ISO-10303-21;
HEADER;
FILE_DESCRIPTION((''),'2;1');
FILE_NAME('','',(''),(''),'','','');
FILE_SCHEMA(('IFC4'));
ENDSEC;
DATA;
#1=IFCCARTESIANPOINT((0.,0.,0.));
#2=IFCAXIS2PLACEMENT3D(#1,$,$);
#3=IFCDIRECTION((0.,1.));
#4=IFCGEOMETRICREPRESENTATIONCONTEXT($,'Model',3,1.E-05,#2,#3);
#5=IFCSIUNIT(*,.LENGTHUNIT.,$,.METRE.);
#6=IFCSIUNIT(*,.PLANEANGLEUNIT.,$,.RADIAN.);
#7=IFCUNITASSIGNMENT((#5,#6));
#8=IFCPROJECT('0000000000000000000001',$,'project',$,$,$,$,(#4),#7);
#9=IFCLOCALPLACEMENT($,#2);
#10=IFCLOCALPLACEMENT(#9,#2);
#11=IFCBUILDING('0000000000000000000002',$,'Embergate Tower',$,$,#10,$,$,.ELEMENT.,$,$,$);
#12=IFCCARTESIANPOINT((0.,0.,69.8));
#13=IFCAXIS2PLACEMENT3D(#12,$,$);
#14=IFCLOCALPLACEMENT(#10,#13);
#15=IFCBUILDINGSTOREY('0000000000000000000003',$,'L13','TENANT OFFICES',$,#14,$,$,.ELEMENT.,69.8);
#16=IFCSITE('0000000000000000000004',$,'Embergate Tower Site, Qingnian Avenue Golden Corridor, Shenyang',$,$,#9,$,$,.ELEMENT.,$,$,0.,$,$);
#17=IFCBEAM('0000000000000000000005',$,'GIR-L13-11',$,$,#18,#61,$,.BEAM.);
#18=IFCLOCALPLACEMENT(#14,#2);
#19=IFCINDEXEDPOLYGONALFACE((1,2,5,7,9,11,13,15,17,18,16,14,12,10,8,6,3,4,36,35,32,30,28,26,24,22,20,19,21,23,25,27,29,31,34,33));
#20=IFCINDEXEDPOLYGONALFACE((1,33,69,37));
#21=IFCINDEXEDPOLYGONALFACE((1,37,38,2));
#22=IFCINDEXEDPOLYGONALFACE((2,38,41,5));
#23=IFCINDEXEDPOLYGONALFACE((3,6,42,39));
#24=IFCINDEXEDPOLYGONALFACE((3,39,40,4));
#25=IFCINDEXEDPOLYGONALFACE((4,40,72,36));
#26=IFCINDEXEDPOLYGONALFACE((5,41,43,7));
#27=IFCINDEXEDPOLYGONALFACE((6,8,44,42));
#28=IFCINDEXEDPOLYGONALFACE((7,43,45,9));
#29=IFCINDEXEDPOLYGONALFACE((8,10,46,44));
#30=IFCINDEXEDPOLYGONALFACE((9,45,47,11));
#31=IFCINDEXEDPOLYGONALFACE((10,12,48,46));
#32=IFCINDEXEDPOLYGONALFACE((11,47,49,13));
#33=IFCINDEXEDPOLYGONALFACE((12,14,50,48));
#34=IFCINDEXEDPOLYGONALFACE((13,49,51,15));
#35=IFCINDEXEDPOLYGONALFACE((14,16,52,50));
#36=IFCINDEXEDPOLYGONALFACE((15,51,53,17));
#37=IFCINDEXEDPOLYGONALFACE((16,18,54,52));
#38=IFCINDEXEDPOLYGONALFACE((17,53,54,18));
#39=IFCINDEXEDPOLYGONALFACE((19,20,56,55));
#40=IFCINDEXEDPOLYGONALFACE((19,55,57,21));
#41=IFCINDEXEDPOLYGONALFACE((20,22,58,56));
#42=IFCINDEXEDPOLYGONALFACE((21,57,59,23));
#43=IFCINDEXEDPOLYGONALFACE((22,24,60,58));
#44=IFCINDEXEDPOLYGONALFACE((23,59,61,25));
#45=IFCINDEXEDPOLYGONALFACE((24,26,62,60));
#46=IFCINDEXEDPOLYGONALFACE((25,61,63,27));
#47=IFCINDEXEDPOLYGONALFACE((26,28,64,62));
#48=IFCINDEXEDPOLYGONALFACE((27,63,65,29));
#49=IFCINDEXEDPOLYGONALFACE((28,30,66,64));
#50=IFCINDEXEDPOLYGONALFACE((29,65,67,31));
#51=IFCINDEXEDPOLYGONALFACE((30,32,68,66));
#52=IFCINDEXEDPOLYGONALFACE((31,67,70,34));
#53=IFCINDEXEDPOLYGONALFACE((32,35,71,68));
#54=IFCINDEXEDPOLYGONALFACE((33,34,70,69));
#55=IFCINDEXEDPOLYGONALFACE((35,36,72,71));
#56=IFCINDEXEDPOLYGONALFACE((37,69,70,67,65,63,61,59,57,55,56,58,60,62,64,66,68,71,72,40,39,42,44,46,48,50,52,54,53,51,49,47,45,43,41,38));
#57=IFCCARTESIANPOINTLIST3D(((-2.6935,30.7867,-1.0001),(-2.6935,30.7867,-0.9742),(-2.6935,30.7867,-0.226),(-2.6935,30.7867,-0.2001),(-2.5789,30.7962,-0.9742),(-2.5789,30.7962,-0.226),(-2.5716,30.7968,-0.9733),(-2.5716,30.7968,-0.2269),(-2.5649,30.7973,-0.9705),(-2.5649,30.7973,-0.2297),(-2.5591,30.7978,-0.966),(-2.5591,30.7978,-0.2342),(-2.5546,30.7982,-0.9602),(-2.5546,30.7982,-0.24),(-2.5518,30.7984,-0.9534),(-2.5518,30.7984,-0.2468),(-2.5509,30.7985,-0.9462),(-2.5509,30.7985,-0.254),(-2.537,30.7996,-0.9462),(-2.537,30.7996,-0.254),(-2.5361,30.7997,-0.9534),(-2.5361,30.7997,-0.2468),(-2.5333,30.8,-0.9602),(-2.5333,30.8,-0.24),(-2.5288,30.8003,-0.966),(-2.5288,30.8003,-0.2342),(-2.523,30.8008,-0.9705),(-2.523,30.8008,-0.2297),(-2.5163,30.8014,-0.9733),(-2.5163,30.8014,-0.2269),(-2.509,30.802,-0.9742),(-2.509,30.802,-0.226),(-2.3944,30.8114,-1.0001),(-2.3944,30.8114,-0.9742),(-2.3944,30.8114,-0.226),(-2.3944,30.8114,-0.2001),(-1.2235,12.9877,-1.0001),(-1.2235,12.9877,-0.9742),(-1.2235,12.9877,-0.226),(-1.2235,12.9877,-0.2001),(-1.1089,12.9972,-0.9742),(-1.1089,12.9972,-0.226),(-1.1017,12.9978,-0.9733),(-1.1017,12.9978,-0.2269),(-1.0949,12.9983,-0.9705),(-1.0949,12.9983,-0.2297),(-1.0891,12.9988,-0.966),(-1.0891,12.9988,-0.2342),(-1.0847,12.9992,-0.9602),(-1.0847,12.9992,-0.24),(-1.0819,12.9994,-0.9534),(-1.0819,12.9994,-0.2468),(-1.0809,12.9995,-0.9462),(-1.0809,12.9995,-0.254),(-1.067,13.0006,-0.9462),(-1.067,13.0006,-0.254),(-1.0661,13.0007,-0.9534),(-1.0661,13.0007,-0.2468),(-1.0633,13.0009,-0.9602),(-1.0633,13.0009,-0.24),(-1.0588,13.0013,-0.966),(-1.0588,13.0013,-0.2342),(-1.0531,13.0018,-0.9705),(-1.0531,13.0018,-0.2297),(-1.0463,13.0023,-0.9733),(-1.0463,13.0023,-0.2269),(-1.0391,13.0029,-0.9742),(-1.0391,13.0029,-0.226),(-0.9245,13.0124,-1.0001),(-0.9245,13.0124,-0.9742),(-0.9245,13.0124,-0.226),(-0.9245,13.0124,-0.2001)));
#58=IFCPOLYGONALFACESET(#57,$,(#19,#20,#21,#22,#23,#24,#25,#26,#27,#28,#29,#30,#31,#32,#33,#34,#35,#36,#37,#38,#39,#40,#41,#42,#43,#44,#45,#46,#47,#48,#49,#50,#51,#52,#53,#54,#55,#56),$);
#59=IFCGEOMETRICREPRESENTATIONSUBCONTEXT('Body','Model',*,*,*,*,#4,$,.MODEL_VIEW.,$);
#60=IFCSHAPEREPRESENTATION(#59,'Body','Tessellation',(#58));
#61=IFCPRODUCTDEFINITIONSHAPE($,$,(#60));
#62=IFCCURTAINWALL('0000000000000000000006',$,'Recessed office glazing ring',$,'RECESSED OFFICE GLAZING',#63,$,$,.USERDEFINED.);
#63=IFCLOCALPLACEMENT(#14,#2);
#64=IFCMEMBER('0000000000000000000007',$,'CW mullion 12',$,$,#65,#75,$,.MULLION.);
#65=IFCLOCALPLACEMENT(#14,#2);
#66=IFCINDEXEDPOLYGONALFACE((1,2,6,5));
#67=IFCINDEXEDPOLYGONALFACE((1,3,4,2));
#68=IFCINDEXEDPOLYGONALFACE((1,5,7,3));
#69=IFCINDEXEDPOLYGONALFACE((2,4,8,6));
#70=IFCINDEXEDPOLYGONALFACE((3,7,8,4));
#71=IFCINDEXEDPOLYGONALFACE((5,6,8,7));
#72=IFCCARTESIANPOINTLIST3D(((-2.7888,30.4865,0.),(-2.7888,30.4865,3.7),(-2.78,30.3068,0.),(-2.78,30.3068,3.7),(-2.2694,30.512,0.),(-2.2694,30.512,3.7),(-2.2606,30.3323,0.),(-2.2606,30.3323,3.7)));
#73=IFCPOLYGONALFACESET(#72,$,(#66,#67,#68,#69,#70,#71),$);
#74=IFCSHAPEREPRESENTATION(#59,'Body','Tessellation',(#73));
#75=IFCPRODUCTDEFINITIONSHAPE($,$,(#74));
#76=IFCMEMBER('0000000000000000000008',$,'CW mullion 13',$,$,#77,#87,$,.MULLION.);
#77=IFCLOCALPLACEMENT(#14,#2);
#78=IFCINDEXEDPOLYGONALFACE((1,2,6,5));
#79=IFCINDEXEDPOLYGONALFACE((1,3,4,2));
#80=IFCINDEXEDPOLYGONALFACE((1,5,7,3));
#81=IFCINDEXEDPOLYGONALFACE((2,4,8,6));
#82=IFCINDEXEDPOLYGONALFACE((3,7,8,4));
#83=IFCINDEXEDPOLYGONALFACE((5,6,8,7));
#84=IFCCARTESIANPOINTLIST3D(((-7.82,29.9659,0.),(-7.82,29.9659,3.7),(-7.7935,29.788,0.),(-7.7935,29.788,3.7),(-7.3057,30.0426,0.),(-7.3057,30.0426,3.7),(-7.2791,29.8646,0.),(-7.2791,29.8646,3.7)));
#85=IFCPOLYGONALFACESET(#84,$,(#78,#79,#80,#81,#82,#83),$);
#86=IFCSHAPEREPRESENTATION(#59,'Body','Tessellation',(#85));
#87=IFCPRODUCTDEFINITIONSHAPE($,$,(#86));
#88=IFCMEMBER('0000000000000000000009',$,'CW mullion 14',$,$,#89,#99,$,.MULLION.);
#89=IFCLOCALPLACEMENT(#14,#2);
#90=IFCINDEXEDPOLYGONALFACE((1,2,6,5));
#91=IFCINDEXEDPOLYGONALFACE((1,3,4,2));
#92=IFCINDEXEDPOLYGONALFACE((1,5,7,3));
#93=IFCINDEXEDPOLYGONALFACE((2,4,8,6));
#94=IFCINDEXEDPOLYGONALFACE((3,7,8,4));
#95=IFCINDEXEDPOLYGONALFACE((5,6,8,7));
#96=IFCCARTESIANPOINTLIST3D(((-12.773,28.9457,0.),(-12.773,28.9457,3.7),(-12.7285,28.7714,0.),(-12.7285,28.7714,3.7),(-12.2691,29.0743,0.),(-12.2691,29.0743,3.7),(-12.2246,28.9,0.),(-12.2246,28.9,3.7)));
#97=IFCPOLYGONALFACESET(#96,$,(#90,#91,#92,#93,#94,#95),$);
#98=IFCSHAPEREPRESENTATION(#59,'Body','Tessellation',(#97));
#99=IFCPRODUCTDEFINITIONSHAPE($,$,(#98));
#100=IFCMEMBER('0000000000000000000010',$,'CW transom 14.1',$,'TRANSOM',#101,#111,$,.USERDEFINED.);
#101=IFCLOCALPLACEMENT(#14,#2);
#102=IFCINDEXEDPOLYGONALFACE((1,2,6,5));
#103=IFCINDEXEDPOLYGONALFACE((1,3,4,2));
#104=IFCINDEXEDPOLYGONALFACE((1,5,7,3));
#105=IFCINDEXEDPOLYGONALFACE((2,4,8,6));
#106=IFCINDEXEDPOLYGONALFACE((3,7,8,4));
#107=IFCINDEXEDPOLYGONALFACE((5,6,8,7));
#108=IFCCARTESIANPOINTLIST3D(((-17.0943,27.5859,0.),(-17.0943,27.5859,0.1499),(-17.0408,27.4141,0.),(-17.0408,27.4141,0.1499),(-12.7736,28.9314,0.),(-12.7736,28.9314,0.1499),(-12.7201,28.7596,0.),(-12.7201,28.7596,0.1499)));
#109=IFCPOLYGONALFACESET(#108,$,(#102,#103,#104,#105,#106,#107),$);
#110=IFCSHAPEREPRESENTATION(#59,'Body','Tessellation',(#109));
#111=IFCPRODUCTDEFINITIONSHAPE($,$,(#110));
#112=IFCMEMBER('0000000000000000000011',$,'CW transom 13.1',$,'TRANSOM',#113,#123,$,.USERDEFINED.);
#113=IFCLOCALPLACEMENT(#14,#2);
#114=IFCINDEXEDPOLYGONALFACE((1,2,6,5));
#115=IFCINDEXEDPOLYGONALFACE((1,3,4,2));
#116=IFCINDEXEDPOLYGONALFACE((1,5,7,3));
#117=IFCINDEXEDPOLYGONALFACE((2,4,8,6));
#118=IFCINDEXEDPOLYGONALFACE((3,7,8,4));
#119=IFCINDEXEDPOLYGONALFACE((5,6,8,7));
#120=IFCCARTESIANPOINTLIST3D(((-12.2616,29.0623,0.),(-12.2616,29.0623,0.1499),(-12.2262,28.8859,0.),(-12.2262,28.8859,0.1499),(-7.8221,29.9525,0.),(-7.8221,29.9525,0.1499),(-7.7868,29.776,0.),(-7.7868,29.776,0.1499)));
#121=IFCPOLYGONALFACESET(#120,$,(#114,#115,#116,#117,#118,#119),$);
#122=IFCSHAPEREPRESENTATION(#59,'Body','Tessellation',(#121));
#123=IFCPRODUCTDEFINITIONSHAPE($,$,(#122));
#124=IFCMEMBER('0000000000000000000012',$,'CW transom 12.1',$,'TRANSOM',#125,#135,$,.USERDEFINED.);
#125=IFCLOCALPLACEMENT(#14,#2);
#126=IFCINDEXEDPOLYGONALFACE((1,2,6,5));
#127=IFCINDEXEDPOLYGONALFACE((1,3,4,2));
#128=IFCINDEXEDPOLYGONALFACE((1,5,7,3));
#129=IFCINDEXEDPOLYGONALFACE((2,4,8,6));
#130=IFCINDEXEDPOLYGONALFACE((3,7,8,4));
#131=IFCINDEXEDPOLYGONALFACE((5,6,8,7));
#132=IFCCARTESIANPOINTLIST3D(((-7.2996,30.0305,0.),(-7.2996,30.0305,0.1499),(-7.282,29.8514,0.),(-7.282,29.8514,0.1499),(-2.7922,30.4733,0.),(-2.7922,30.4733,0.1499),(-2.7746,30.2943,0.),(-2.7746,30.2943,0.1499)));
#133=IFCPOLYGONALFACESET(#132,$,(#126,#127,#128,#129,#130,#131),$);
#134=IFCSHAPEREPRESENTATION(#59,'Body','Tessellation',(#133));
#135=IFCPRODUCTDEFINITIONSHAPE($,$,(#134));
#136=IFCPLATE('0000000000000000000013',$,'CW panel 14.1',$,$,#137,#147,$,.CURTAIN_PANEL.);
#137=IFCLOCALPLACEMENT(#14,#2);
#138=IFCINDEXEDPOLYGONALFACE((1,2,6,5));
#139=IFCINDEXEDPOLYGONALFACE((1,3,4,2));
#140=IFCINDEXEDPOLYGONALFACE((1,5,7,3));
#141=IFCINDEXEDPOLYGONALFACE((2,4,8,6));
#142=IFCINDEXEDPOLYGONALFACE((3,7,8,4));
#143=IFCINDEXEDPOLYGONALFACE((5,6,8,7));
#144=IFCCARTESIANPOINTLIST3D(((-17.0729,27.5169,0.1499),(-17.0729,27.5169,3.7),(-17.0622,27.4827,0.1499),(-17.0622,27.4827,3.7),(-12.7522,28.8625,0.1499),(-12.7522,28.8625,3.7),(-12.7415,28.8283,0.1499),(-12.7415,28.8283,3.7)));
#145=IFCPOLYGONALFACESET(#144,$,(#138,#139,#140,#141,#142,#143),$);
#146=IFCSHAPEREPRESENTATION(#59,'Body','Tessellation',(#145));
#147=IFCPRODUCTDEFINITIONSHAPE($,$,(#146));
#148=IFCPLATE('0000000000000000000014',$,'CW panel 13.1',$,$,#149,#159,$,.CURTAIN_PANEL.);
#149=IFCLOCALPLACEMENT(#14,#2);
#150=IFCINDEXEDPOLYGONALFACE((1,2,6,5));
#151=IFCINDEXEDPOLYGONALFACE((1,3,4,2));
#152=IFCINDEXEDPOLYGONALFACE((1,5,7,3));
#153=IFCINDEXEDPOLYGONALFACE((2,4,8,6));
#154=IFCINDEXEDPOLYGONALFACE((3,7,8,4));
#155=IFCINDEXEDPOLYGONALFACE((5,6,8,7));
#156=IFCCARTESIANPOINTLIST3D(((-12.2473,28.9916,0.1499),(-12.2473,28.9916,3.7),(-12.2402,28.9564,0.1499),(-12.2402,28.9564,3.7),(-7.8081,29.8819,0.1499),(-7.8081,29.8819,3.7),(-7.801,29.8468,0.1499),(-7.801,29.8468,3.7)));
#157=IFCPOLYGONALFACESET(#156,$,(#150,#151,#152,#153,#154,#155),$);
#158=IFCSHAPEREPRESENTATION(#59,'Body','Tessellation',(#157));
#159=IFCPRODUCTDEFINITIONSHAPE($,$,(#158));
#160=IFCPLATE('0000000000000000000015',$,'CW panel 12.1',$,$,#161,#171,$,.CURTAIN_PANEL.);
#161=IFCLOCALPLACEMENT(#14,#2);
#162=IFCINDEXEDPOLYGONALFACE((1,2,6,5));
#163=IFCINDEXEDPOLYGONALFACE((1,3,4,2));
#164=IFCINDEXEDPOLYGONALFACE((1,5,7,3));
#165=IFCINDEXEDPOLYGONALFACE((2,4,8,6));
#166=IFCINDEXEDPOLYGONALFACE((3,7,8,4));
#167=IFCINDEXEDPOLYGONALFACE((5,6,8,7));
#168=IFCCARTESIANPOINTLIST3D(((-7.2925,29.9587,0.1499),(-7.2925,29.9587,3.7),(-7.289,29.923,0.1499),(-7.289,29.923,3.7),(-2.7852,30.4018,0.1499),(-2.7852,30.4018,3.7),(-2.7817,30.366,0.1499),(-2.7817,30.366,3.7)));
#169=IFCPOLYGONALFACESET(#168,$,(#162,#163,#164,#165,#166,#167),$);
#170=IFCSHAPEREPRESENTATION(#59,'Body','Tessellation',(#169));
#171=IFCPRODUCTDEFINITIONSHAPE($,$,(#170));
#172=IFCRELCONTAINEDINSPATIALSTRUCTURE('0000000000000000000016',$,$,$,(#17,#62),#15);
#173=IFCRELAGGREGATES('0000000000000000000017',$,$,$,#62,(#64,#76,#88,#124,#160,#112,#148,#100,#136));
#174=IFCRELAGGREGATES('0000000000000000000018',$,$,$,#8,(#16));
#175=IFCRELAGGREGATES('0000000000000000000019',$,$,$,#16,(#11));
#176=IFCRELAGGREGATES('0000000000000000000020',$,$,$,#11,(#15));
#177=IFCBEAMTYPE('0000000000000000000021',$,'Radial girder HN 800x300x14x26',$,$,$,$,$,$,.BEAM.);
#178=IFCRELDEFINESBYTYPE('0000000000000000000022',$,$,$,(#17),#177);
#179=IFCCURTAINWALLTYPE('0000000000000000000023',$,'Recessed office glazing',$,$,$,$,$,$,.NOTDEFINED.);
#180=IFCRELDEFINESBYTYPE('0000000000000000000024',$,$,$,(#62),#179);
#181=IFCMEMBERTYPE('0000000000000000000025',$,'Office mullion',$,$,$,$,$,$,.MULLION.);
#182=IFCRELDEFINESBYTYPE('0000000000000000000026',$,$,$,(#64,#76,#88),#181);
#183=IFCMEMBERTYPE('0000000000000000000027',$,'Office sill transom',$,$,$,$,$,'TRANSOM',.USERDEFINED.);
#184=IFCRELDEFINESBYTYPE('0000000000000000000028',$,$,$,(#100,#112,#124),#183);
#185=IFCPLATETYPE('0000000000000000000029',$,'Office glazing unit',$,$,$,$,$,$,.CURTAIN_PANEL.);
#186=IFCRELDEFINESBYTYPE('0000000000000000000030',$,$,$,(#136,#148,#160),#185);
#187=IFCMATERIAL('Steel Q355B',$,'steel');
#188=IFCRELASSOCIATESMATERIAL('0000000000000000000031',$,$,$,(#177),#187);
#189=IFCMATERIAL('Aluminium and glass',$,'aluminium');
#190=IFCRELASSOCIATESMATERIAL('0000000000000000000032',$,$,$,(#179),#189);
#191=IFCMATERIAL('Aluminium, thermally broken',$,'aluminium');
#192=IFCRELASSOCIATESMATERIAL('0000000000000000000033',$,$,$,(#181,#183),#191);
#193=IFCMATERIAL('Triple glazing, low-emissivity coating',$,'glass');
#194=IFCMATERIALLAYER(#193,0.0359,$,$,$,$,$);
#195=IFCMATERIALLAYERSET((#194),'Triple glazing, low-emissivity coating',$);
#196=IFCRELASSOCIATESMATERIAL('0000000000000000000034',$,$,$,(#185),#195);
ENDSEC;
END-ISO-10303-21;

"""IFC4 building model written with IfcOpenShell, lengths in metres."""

from ifc_helpers import new_model, si_unit, direction, frame, origin, origin_2d, place, context, subcontext, project, spatial, rectangle, i_section, extrude, source, transform, mapped, material, layer, layer_set, material_profile, profile_set, type_object, element, aggregate, save


model = new_model("IFC4")

# Units and contexts
model_context = context("Model", 3, precision=1e-05, world=origin(), true_north=direction((0.0, 1.0)))
body_context = subcontext(model_context, "Body", "Model", "MODEL_VIEW")
ifc_project = project(units=[si_unit("LENGTHUNIT", "METRE"), si_unit("PLANEANGLEUNIT", "RADIAN")], contexts=[model_context])

# Site, building, storey
site_placement = place(None, origin())
site = spatial("IfcSite", under=ifc_project, at=site_placement, Name="Embergate Tower Site, Qingnian Avenue Golden Corridor, Shenyang", CompositionType="ELEMENT", RefElevation=0.0)
building_placement = place(site_placement, origin())
building = spatial("IfcBuilding", under=site, at=building_placement, Name="Embergate Tower", CompositionType="ELEMENT")
storey_placement = place(building_placement, frame((0.0, 0.0, 69.8)))
storey = spatial("IfcBuildingStorey", under=building, at=storey_placement, Name="L13", Description="TENANT OFFICES", CompositionType="ELEMENT", Elevation=69.8)

# Beam
ifc_material_1 = material(Name="Steel Q355B", Category="steel")
ifc_material_profile_1 = material_profile(ifc_material_1, i_section(OverallWidth=0.3, OverallDepth=0.8, WebThickness=0.0139, FlangeThickness=0.0259, FilletRadius=0.0281, at=origin_2d()), Name="HN 800x300x14x26")
ifc_profile_set_1 = profile_set([ifc_material_profile_1], Name="Steel Q355 grade B")
beam_type_1 = type_object("IfcBeamType", Name="Radial girder HN 800x300x14x26", PredefinedType="BEAM", material=ifc_profile_set_1)
shared_shape_1 = source(origin(), body_context, "Body", "SweptSolid", [
    extrude(i_section(OverallWidth=0.3, OverallDepth=0.8, WebThickness=0.0139, FlangeThickness=0.0259, FilletRadius=0.0281, at=origin_2d()), origin(), (0.0, 0.0, 1.0), 17.8596),
])
beam_1_placement = place(storey_placement, frame((-2.5439, 30.7991, -0.6001), z_axis=(0.082307, -0.996607, 0.0), x_axis=(0.996607, 0.082307, 0.0)))
element("IfcBeam", 1, at=beam_1_placement, inside=storey, type_object=beam_type_1, Name="GIR-L13-11", PredefinedType="BEAM", context=body_context, shape_type="MappedRepresentation", body=[
    mapped(shared_shape_1, transform((0.0, 0.0, 0.0))),
])

# Curtain wall, members, plates
ifc_material_2 = material(Name="Aluminium and glass", Category="aluminium")
curtain_wall_type = type_object("IfcCurtainWallType", Name="Recessed office glazing", PredefinedType="NOTDEFINED", material=ifc_material_2)
curtain_wall_placement = place(storey_placement, origin())
curtain_wall = element("IfcCurtainWall", 2, at=curtain_wall_placement, inside=storey, type_object=curtain_wall_type, Name="Recessed office glazing ring", ObjectType="RECESSED OFFICE GLAZING", PredefinedType="USERDEFINED")
ifc_material_3 = material(Name="Aluminium, thermally broken", Category="aluminium")
ifc_material_profile_2 = material_profile(ifc_material_3, rectangle(XDim=0.1799, YDim=0.52, at=origin_2d()), Name="AL 520x180")
ifc_profile_set_2 = profile_set([ifc_material_profile_2], Name="Aluminium, thermally broken")
member_type_1 = type_object("IfcMemberType", Name="Office mullion", PredefinedType="MULLION", material=ifc_profile_set_2)
shared_shape_2 = source(origin(), body_context, "Body", "SweptSolid", [
    extrude(rectangle(XDim=0.1799, YDim=0.52, at=origin_2d()), origin(), (0.0, 0.0, 1.0), 3.7),
])
member_1_placement = place(storey_placement, frame((-2.5247, 30.4094, 0.0), z_axis=(0.0, 0.0, 1.0), x_axis=(0.048972, -0.9988, 0.0)))
member_1 = element("IfcMember", 3, at=member_1_placement, type_object=member_type_1, Name="CW mullion 12", PredefinedType="MULLION", context=body_context, shape_type="MappedRepresentation", body=[
    mapped(shared_shape_2, transform((0.0, 0.0, 0.0))),
])
member_2_placement = place(storey_placement, frame((-7.5496, 29.9153, 0.0), z_axis=(0.0, 0.0, 1.0), x_axis=(0.147414, -0.989075, 0.0)))
member_2 = element("IfcMember", 4, at=member_2_placement, type_object=member_type_1, Name="CW mullion 13", PredefinedType="MULLION", context=body_context, shape_type="MappedRepresentation", body=[
    mapped(shared_shape_2, transform((0.0, 0.0, 0.0))),
])
member_3_placement = place(storey_placement, frame((-12.4988, 28.9229, 0.0), z_axis=(0.0, 0.0, 1.0), x_axis=(0.247315, -0.968935, 0.0)))
member_3 = element("IfcMember", 5, at=member_3_placement, type_object=member_type_1, Name="CW mullion 14", PredefinedType="MULLION", context=body_context, shape_type="MappedRepresentation", body=[
    mapped(shared_shape_2, transform((0.0, 0.0, 0.0))),
])
ifc_material_profile_3 = material_profile(ifc_material_3, rectangle(XDim=0.1799, YDim=0.1499, at=origin_2d()), Name="AL 150x180")
ifc_profile_set_3 = profile_set([ifc_material_profile_3], Name="Aluminium, thermally broken")
member_type_2 = type_object("IfcMemberType", Name="Office sill transom", ElementType="TRANSOM", PredefinedType="USERDEFINED", material=ifc_profile_set_3)
shared_shape_3 = source(origin(), body_context, "Body", "SweptSolid", [
    extrude(rectangle(XDim=0.1799, YDim=0.1499, at=origin_2d()), origin(), (0.0, 0.0, 1.0), 4.5254),
])
member_4_placement = place(storey_placement, frame((-12.7468, 28.8455, 0.075), z_axis=(-0.954781, -0.29731, 0.0), x_axis=(0.29731, -0.954781, 0.0)))
member_4 = element("IfcMember", 6, at=member_4_placement, type_object=member_type_2, Name="CW transom 14.1", ObjectType="TRANSOM", PredefinedType="USERDEFINED", context=body_context, shape_type="MappedRepresentation", body=[
    mapped(shared_shape_3, transform((0.0, 0.0, 0.0))),
])
shared_shape_4 = source(origin(), body_context, "Body", "SweptSolid", [
    extrude(rectangle(XDim=0.1799, YDim=0.1499, at=origin_2d()), origin(), (0.0, 0.0, 1.0), 4.5278),
])
member_5_placement = place(storey_placement, frame((-7.8044, 29.8643, 0.075), z_axis=(-0.980485, -0.196593, 0.0), x_axis=(0.196593, -0.980485, 0.0)))
member_5 = element("IfcMember", 7, at=member_5_placement, type_object=member_type_2, Name="CW transom 13.1", ObjectType="TRANSOM", PredefinedType="USERDEFINED", context=body_context, shape_type="MappedRepresentation", body=[
    mapped(shared_shape_4, transform((0.0, 0.0, 0.0))),
])
shared_shape_5 = source(origin(), body_context, "Body", "SweptSolid", [
    extrude(rectangle(XDim=0.1799, YDim=0.1499, at=origin_2d()), origin(), (0.0, 0.0, 1.0), 4.5291),
])
member_6_placement = place(storey_placement, frame((-2.7834, 30.3838, 0.075), z_axis=(-0.995208, -0.097785, 0.0), x_axis=(0.097785, -0.995208, 0.0)))
member_6 = element("IfcMember", 8, at=member_6_placement, type_object=member_type_2, Name="CW transom 12.1", ObjectType="TRANSOM", PredefinedType="USERDEFINED", context=body_context, shape_type="MappedRepresentation", body=[
    mapped(shared_shape_5, transform((0.0, 0.0, 0.0))),
])
ifc_material_4 = material(Name="Triple glazing, low-emissivity coating", Category="glass")
ifc_layer_1 = layer(ifc_material_4, 0.0359)
ifc_layer_set_1 = layer_set([ifc_layer_1], Name="Triple glazing, low-emissivity coating")
plate_type = type_object("IfcPlateType", Name="Office glazing unit", PredefinedType="CURTAIN_PANEL", material=ifc_layer_set_1)
shared_shape_6 = source(origin(), body_context, "Body", "SweptSolid", [
    extrude(rectangle(XDim=4.5254, YDim=0.0359, at=origin_2d()), origin(), (0.0, 0.0, 1.0), 3.55),
])
plate_1_placement = place(storey_placement, frame((-14.9072, 28.1726, 0.1499), z_axis=(0.0, 0.0, 1.0), x_axis=(-0.954771, -0.297342, 0.0)))
plate_1 = element("IfcPlate", 9, at=plate_1_placement, type_object=plate_type, Name="CW panel 14.1", PredefinedType="CURTAIN_PANEL", context=body_context, shape_type="MappedRepresentation", body=[
    mapped(shared_shape_6, transform((0.0, 0.0, 0.0))),
])
shared_shape_7 = source(origin(), body_context, "Body", "SweptSolid", [
    extrude(rectangle(XDim=4.5276, YDim=0.0359, at=origin_2d()), origin(), (0.0, 0.0, 1.0), 3.55),
])
plate_2_placement = place(storey_placement, frame((-10.0242, 29.4192, 0.1499), z_axis=(0.0, 0.0, 1.0), x_axis=(-0.980475, -0.196643, 0.0)))
plate_2 = element("IfcPlate", 10, at=plate_2_placement, type_object=plate_type, Name="CW panel 13.1", PredefinedType="CURTAIN_PANEL", context=body_context, shape_type="MappedRepresentation", body=[
    mapped(shared_shape_7, transform((0.0, 0.0, 0.0))),
])
shared_shape_8 = source(origin(), body_context, "Body", "SweptSolid", [
    extrude(rectangle(XDim=4.5291, YDim=0.0359, at=origin_2d()), origin(), (0.0, 0.0, 1.0), 3.55),
])
plate_3_placement = place(storey_placement, frame((-5.0371, 30.1624, 0.1499), z_axis=(0.0, 0.0, 1.0), x_axis=(-0.995203, -0.097831, 0.0)))
plate_3 = element("IfcPlate", 11, at=plate_3_placement, type_object=plate_type, Name="CW panel 12.1", PredefinedType="CURTAIN_PANEL", context=body_context, shape_type="MappedRepresentation", body=[
    mapped(shared_shape_8, transform((0.0, 0.0, 0.0))),
])
aggregate(curtain_wall, [member_1, member_2, member_3, member_6, plate_3, member_5, plate_2, member_4, plate_1])

save(model, "model.ifc")
